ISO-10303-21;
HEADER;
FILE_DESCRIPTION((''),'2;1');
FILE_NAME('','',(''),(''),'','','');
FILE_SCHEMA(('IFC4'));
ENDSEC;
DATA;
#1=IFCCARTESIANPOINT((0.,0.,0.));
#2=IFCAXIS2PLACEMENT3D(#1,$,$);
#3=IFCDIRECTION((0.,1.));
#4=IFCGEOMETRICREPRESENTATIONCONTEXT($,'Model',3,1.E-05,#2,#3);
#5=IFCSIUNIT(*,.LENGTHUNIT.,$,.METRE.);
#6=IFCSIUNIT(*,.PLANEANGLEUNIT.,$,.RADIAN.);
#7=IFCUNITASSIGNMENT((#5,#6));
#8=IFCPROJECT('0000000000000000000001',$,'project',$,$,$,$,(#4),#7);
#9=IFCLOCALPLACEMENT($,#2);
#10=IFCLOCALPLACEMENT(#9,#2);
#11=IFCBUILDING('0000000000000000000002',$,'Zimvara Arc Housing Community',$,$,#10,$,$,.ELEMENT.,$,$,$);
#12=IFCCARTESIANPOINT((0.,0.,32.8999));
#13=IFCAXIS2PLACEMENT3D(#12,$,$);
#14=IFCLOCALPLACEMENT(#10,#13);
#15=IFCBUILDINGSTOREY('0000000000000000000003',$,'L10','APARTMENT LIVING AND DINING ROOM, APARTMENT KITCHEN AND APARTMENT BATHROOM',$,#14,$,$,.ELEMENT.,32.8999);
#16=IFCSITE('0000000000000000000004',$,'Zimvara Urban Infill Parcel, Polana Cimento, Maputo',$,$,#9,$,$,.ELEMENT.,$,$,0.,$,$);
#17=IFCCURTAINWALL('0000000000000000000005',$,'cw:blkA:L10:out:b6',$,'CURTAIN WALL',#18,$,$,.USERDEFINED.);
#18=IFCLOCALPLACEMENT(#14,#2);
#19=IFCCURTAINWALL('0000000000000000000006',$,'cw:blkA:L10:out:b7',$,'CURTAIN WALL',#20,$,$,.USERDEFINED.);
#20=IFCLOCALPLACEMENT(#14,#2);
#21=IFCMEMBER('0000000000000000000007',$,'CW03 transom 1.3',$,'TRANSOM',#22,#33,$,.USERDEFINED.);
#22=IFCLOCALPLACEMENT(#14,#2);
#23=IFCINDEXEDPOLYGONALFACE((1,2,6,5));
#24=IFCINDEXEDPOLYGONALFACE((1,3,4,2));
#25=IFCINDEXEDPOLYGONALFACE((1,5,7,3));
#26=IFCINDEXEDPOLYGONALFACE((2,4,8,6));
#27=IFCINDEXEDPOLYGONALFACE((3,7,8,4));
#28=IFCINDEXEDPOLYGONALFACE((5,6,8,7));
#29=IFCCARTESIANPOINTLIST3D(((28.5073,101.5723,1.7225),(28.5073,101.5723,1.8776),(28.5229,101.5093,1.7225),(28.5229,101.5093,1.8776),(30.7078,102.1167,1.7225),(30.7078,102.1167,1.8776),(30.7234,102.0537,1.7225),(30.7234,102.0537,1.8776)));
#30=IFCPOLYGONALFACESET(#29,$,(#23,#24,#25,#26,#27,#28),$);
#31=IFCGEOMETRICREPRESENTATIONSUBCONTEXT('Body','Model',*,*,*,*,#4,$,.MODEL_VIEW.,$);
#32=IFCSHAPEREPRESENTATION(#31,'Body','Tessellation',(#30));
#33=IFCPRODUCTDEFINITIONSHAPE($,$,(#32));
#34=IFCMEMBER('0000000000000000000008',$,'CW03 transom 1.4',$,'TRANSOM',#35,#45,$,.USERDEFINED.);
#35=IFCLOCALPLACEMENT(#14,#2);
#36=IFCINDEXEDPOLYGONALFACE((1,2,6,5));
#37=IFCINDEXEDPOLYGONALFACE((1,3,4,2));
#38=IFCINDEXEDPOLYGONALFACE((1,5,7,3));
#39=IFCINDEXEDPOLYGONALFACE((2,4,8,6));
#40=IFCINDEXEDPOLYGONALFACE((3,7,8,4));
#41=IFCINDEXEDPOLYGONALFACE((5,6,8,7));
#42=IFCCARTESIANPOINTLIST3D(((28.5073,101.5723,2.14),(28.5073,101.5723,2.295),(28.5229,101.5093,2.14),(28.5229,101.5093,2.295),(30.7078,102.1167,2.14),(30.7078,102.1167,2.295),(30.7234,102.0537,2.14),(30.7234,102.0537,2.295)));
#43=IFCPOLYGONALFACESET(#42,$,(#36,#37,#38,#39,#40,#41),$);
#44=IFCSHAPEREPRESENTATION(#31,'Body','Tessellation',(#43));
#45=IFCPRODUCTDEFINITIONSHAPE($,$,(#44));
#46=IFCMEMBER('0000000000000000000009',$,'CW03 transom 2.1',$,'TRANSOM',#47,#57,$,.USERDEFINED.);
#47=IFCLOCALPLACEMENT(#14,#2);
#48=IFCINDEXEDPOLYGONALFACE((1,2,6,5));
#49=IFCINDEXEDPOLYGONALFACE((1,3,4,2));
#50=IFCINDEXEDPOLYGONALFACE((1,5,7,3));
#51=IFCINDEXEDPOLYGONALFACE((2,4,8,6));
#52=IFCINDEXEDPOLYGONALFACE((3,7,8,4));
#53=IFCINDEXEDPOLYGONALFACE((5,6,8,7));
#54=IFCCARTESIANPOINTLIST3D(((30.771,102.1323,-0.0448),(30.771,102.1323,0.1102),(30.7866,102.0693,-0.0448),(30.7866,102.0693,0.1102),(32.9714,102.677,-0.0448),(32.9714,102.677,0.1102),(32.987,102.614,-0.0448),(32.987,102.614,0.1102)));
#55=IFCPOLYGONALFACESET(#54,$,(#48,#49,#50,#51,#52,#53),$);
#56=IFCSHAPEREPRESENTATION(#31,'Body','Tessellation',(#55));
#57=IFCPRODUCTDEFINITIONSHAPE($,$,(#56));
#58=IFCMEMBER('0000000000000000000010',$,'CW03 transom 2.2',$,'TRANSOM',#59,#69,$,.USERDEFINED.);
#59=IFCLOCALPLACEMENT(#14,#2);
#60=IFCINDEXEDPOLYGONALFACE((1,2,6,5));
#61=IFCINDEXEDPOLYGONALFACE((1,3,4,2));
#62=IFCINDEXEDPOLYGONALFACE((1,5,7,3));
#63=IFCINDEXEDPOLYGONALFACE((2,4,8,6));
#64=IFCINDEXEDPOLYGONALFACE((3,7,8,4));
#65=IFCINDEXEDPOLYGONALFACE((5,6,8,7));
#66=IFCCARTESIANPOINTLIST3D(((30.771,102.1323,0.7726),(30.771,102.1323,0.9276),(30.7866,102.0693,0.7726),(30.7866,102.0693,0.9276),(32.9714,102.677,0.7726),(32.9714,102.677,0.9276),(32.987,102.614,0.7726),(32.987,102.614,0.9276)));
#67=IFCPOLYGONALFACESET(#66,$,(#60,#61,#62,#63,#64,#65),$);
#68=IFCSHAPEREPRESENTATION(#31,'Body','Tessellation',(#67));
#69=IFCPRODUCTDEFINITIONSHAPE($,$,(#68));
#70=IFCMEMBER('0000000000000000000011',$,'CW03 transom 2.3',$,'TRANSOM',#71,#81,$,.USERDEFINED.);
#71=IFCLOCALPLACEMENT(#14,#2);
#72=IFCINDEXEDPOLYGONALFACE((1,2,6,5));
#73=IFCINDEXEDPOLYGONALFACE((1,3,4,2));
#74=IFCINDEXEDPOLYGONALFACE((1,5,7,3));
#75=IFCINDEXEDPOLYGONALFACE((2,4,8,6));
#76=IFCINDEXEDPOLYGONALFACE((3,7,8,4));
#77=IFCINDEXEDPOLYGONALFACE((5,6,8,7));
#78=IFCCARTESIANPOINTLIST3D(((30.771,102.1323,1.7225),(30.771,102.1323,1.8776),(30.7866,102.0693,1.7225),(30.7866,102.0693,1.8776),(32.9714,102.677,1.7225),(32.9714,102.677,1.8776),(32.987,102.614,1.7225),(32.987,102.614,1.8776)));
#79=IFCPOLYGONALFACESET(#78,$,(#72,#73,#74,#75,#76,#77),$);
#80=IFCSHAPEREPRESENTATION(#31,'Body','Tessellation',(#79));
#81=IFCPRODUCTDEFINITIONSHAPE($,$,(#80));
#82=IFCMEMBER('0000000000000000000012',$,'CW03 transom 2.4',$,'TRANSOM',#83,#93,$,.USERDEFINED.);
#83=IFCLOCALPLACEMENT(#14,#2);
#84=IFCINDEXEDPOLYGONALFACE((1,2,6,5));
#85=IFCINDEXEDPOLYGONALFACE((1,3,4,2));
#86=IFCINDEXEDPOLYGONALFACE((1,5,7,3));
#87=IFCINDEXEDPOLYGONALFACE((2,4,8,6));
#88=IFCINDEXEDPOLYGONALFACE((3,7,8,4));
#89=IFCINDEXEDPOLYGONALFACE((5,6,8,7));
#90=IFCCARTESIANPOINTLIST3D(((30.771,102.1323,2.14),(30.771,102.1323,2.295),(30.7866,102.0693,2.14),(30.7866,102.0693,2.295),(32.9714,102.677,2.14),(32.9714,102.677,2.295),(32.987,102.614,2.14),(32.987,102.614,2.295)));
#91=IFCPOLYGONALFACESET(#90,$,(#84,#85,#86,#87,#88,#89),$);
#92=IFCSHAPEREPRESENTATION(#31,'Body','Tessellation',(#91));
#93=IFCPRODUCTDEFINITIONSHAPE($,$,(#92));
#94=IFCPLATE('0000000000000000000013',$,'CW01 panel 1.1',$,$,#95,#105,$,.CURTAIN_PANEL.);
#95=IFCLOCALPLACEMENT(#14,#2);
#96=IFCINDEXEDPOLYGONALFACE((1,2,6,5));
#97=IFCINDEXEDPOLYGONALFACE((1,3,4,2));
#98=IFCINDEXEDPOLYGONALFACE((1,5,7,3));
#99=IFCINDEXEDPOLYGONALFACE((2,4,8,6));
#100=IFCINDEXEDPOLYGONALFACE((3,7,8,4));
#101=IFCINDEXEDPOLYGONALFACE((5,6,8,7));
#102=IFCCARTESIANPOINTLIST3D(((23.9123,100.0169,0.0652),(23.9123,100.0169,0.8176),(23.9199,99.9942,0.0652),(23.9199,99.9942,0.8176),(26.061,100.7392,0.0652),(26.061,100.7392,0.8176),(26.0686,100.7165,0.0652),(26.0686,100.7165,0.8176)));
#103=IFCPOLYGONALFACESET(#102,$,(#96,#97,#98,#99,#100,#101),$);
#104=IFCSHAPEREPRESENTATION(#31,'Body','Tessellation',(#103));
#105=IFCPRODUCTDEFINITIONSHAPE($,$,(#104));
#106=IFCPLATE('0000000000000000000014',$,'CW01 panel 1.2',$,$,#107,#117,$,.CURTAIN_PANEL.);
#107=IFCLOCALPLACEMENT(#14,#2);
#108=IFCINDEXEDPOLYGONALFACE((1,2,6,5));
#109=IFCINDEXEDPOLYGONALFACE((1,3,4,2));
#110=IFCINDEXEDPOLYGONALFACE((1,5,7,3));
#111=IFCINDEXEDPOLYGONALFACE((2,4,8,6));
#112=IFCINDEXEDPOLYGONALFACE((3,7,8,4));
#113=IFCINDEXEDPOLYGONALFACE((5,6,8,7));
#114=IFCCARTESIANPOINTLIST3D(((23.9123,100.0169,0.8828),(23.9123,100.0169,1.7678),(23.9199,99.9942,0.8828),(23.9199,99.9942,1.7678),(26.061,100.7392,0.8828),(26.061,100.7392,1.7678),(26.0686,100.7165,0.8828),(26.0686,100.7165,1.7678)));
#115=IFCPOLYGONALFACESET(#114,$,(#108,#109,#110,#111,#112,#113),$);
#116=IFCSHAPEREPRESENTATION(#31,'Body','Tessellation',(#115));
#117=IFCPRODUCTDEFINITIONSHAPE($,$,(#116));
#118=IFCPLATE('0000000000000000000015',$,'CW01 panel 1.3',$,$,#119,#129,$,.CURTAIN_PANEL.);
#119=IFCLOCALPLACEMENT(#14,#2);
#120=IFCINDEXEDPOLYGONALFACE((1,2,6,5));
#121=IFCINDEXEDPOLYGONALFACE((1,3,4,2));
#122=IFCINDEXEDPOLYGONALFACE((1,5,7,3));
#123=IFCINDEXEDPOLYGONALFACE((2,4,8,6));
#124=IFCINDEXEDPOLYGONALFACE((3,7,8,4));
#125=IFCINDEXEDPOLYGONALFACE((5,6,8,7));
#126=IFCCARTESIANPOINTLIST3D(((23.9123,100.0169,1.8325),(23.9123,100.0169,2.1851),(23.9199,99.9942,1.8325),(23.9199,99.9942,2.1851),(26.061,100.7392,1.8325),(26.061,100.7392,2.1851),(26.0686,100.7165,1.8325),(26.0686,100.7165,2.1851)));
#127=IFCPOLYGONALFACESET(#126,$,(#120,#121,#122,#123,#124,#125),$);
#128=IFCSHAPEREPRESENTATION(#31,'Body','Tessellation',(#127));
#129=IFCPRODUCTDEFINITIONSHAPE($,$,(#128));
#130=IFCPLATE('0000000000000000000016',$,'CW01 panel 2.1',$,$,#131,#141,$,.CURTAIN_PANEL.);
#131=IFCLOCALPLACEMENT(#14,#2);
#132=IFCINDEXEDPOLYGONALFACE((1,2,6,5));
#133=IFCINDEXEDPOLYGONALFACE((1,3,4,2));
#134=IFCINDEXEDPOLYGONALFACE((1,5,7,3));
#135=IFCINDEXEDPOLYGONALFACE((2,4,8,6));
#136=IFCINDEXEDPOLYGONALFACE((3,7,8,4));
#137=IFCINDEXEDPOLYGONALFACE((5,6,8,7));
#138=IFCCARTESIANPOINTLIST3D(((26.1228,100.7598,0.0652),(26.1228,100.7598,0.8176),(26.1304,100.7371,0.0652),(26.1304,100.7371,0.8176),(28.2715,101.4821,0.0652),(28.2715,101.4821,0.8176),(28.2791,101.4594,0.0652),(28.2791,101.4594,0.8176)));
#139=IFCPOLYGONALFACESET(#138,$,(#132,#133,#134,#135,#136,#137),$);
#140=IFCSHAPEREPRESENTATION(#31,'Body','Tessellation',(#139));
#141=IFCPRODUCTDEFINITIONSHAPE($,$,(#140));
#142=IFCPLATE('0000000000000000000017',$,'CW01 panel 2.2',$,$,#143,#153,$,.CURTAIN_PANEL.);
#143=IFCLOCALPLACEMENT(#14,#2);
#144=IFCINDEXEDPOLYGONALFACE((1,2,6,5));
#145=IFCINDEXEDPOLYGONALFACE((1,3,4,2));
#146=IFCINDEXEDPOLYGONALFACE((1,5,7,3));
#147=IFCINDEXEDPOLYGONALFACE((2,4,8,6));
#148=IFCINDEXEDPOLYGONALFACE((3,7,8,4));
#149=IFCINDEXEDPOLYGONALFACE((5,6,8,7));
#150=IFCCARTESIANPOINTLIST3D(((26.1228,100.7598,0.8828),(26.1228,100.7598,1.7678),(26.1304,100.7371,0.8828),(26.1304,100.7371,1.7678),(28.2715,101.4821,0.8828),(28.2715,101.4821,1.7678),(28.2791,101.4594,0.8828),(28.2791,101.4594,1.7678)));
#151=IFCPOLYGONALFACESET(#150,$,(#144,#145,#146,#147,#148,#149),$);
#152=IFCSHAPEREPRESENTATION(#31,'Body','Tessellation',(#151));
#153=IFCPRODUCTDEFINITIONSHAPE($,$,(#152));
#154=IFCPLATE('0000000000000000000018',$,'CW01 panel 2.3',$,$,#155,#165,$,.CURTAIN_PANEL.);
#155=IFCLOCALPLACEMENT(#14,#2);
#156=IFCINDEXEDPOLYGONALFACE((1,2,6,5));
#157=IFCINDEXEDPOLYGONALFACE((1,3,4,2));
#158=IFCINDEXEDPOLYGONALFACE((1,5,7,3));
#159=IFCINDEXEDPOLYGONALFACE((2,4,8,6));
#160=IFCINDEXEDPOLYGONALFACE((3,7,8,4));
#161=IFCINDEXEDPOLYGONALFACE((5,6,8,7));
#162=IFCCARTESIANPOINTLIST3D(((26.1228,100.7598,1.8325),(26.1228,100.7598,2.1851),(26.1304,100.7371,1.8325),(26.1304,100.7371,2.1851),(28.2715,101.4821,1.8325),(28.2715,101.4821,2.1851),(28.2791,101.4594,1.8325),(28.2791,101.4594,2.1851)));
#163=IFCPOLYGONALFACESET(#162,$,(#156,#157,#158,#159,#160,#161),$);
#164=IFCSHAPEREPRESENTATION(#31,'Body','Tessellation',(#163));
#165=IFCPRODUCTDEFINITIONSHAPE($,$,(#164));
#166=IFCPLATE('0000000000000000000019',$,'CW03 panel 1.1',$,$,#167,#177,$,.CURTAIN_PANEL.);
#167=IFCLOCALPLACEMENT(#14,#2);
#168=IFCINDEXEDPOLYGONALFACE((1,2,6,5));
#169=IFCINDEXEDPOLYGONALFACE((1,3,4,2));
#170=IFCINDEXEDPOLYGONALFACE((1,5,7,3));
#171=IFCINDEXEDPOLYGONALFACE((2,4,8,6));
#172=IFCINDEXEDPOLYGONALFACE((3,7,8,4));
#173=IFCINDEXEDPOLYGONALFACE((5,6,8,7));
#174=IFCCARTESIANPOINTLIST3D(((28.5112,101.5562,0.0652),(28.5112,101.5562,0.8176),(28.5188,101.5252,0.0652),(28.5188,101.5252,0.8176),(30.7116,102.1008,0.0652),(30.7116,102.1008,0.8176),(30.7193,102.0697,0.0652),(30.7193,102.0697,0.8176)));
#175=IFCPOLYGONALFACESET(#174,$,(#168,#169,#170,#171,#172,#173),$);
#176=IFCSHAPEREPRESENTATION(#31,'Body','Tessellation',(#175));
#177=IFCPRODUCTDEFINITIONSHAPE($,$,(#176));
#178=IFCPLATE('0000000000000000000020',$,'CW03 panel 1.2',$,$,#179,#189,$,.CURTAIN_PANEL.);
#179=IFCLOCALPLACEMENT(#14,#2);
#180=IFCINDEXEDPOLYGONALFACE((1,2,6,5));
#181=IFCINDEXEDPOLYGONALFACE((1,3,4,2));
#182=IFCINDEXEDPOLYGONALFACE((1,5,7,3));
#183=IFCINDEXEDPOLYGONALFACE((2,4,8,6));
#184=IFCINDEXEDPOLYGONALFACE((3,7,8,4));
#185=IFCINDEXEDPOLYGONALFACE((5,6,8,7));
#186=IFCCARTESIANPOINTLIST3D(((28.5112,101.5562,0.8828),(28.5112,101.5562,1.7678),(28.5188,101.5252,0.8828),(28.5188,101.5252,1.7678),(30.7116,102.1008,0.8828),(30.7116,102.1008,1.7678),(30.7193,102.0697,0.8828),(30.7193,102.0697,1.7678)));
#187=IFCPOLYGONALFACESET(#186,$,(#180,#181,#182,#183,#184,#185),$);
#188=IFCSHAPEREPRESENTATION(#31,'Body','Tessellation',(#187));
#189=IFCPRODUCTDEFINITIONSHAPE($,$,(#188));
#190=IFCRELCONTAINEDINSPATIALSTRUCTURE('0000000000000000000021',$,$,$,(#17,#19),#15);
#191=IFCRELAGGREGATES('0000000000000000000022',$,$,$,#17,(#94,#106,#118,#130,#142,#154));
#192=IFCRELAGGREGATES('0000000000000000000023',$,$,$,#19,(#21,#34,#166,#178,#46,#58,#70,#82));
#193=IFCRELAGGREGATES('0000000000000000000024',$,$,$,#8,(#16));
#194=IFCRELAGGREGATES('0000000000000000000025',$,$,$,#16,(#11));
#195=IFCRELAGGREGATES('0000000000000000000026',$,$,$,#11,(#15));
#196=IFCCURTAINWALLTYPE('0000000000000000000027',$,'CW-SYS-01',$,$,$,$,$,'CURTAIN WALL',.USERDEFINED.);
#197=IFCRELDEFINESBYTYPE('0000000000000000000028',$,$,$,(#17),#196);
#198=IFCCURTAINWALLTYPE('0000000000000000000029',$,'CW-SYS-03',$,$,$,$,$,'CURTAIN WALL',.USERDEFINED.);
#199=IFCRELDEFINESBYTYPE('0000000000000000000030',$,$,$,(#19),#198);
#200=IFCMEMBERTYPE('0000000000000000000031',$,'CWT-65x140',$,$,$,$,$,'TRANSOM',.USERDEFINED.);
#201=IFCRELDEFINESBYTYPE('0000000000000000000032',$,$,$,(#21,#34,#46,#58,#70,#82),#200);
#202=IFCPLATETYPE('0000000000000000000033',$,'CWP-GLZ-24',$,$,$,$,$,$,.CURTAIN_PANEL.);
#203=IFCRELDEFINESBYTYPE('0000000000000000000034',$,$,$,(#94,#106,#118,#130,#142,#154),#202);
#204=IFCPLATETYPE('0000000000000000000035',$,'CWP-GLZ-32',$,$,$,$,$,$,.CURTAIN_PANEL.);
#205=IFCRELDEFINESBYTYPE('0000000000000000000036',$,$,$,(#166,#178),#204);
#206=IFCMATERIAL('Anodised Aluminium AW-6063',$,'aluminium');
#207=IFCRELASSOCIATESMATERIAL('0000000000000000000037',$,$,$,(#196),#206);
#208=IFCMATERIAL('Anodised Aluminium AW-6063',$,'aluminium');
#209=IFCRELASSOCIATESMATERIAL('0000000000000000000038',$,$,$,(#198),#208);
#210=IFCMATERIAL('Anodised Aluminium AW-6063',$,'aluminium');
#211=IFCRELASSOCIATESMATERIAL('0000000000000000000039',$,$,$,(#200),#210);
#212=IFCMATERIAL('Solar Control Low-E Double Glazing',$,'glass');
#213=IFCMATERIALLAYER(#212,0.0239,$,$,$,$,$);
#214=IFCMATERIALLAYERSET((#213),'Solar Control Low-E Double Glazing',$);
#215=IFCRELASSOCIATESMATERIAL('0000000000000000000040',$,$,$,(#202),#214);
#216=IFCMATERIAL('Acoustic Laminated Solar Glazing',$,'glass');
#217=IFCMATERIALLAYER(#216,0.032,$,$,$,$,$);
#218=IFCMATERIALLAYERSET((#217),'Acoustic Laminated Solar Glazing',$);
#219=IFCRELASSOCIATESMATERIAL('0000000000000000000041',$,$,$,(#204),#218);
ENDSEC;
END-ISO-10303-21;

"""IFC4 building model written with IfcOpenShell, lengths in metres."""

from ifc_helpers import new_model, si_unit, direction, frame, origin, origin_2d, place, context, subcontext, project, spatial, rectangle, extrude, material, layer, layer_set, material_profile, profile_set, type_object, element, aggregate, save


model = new_model("IFC4")

# Units and contexts
model_context = context("Model", 3, precision=1e-05, world=origin(), true_north=direction((0.0, 1.0)))
body_context = subcontext(model_context, "Body", "Model", "MODEL_VIEW")
ifc_project = project(units=[si_unit("LENGTHUNIT", "METRE"), si_unit("PLANEANGLEUNIT", "RADIAN")], contexts=[model_context])

# Site, building, storey
site_placement = place(None, origin())
site = spatial("IfcSite", under=ifc_project, at=site_placement, Name="Zimvara Urban Infill Parcel, Polana Cimento, Maputo", CompositionType="ELEMENT", RefElevation=0.0)
building_placement = place(site_placement, origin())
building = spatial("IfcBuilding", under=site, at=building_placement, Name="Zimvara Arc Housing Community", CompositionType="ELEMENT")
storey_placement = place(building_placement, frame((0.0, 0.0, 32.8999)))
storey = spatial("IfcBuildingStorey", under=building, at=storey_placement, Name="L10", Description="APARTMENT LIVING AND DINING ROOM, APARTMENT KITCHEN AND APARTMENT BATHROOM", CompositionType="ELEMENT", Elevation=32.8999)

# Curtain walls
ifc_material_1 = material(Name="Anodised Aluminium AW-6063", Category="aluminium")
curtain_wall_type_1 = type_object("IfcCurtainWallType", Name="CW-SYS-01", ElementType="CURTAIN WALL", PredefinedType="USERDEFINED", material=ifc_material_1)
curtain_wall_1_placement = place(storey_placement, origin())
curtain_wall_1 = element("IfcCurtainWall", 1, at=curtain_wall_1_placement, inside=storey, type_object=curtain_wall_type_1, Name="cw:blkA:L10:out:b6", ObjectType="CURTAIN WALL", PredefinedType="USERDEFINED")
ifc_material_2 = material(Name="Anodised Aluminium AW-6063", Category="aluminium")
curtain_wall_type_2 = type_object("IfcCurtainWallType", Name="CW-SYS-03", ElementType="CURTAIN WALL", PredefinedType="USERDEFINED", material=ifc_material_2)
curtain_wall_2_placement = place(storey_placement, origin())
curtain_wall_2 = element("IfcCurtainWall", 2, at=curtain_wall_2_placement, inside=storey, type_object=curtain_wall_type_2, Name="cw:blkA:L10:out:b7", ObjectType="CURTAIN WALL", PredefinedType="USERDEFINED")

# Members
ifc_material_3 = material(Name="Anodised Aluminium AW-6063", Category="aluminium")
ifc_material_profile_1 = material_profile(ifc_material_3, rectangle(XDim=0.0649, YDim=0.155, at=origin_2d()), Name="ALU 65x155")
ifc_profile_set_1 = profile_set([ifc_material_profile_1], Name="Anodised Aluminium AW-6063")
member_type_1 = type_object("IfcMemberType", Name="CWT-65x140", ElementType="TRANSOM", PredefinedType="USERDEFINED", material=ifc_profile_set_1)
member_1_placement = place(storey_placement, frame((28.5151, 101.5408, 1.8), z_axis=(0.970729, 0.240178, 0.0), x_axis=(-0.240178, 0.970729, 0.0)))
member_1 = element("IfcMember", 3, at=member_1_placement, type_object=member_type_1, Name="CW03 transom 1.3", ObjectType="TRANSOM", PredefinedType="USERDEFINED", context=body_context, shape_type="SweptSolid", body=[
    extrude(rectangle(XDim=0.0649, YDim=0.155, at=origin_2d()), origin(), (0.0, 0.0, 1.0), 2.2668),
])
member_2_placement = place(storey_placement, frame((28.5151, 101.5408, 2.2175), z_axis=(0.970729, 0.240178, 0.0), x_axis=(-0.240178, 0.970729, 0.0)))
member_2 = element("IfcMember", 4, at=member_2_placement, type_object=member_type_1, Name="CW03 transom 1.4", ObjectType="TRANSOM", PredefinedType="USERDEFINED", context=body_context, shape_type="SweptSolid", body=[
    extrude(rectangle(XDim=0.0649, YDim=0.155, at=origin_2d()), origin(), (0.0, 0.0, 1.0), 2.2668),
])
member_3_placement = place(storey_placement, frame((30.7788, 102.1008, 0.0327), z_axis=(0.970704, 0.24028, 0.0), x_axis=(-0.24028, 0.970704, 0.0)))
member_3 = element("IfcMember", 5, at=member_3_placement, type_object=member_type_1, Name="CW03 transom 2.1", ObjectType="TRANSOM", PredefinedType="USERDEFINED", context=body_context, shape_type="SweptSolid", body=[
    extrude(rectangle(XDim=0.0649, YDim=0.155, at=origin_2d()), origin(), (0.0, 0.0, 1.0), 2.2668),
])
member_4_placement = place(storey_placement, frame((30.7788, 102.1008, 0.8501), z_axis=(0.970704, 0.24028, 0.0), x_axis=(-0.24028, 0.970704, 0.0)))
member_4 = element("IfcMember", 6, at=member_4_placement, type_object=member_type_1, Name="CW03 transom 2.2", ObjectType="TRANSOM", PredefinedType="USERDEFINED", context=body_context, shape_type="SweptSolid", body=[
    extrude(rectangle(XDim=0.0649, YDim=0.155, at=origin_2d()), origin(), (0.0, 0.0, 1.0), 2.2668),
])
member_5_placement = place(storey_placement, frame((30.7788, 102.1008, 1.8), z_axis=(0.970704, 0.24028, 0.0), x_axis=(-0.24028, 0.970704, 0.0)))
member_5 = element("IfcMember", 7, at=member_5_placement, type_object=member_type_1, Name="CW03 transom 2.3", ObjectType="TRANSOM", PredefinedType="USERDEFINED", context=body_context, shape_type="SweptSolid", body=[
    extrude(rectangle(XDim=0.0649, YDim=0.155, at=origin_2d()), origin(), (0.0, 0.0, 1.0), 2.2668),
])
member_6_placement = place(storey_placement, frame((30.7788, 102.1008, 2.2175), z_axis=(0.970704, 0.24028, 0.0), x_axis=(-0.24028, 0.970704, 0.0)))
member_6 = element("IfcMember", 8, at=member_6_placement, type_object=member_type_1, Name="CW03 transom 2.4", ObjectType="TRANSOM", PredefinedType="USERDEFINED", context=body_context, shape_type="SweptSolid", body=[
    extrude(rectangle(XDim=0.0649, YDim=0.155, at=origin_2d()), origin(), (0.0, 0.0, 1.0), 2.2668),
])

# Plates
ifc_material_4 = material(Name="Solar Control Low-E Double Glazing", Category="glass")
ifc_layer_1 = layer(ifc_material_4, 0.0239)
ifc_layer_set_1 = layer_set([ifc_layer_1], Name="Solar Control Low-E Double Glazing")
plate_type_1 = type_object("IfcPlateType", Name="CWP-GLZ-24", PredefinedType="CURTAIN_PANEL", material=ifc_layer_set_1)
plate_1_placement = place(storey_placement, frame((24.9905, 100.3667, 0.0652), z_axis=(0.0, 0.0, 1.0), x_axis=(0.94788, 0.318629, 0.0)))
plate_1 = element("IfcPlate", 9, at=plate_1_placement, type_object=plate_type_1, Name="CW01 panel 1.1", PredefinedType="CURTAIN_PANEL", context=body_context, shape_type="SweptSolid", body=[
    extrude(rectangle(XDim=2.2668, YDim=0.0239, at=origin_2d()), origin(), (0.0, 0.0, 1.0), 0.7524),
])
plate_2_placement = place(storey_placement, frame((24.9905, 100.3667, 0.8828), z_axis=(0.0, 0.0, 1.0), x_axis=(0.94788, 0.318629, 0.0)))
plate_2 = element("IfcPlate", 10, at=plate_2_placement, type_object=plate_type_1, Name="CW01 panel 1.2", PredefinedType="CURTAIN_PANEL", context=body_context, shape_type="SweptSolid", body=[
    extrude(rectangle(XDim=2.2668, YDim=0.0239, at=origin_2d()), origin(), (0.0, 0.0, 1.0), 0.885),
])
plate_3_placement = place(storey_placement, frame((24.9905, 100.3667, 1.8325), z_axis=(0.0, 0.0, 1.0), x_axis=(0.94788, 0.318629, 0.0)))
plate_3 = element("IfcPlate", 11, at=plate_3_placement, type_object=plate_type_1, Name="CW01 panel 1.3", PredefinedType="CURTAIN_PANEL", context=body_context, shape_type="SweptSolid", body=[
    extrude(rectangle(XDim=2.2668, YDim=0.0239, at=origin_2d()), origin(), (0.0, 0.0, 1.0), 0.3525),
])
plate_4_placement = place(storey_placement, frame((27.2009, 101.1096, 0.0652), z_axis=(0.0, 0.0, 1.0), x_axis=(0.94788, 0.318629, 0.0)))
plate_4 = element("IfcPlate", 12, at=plate_4_placement, type_object=plate_type_1, Name="CW01 panel 2.1", PredefinedType="CURTAIN_PANEL", context=body_context, shape_type="SweptSolid", body=[
    extrude(rectangle(XDim=2.2668, YDim=0.0239, at=origin_2d()), origin(), (0.0, 0.0, 1.0), 0.7524),
])
plate_5_placement = place(storey_placement, frame((27.2009, 101.1096, 0.8828), z_axis=(0.0, 0.0, 1.0), x_axis=(0.94788, 0.318629, 0.0)))
plate_5 = element("IfcPlate", 13, at=plate_5_placement, type_object=plate_type_1, Name="CW01 panel 2.2", PredefinedType="CURTAIN_PANEL", context=body_context, shape_type="SweptSolid", body=[
    extrude(rectangle(XDim=2.2668, YDim=0.0239, at=origin_2d()), origin(), (0.0, 0.0, 1.0), 0.885),
])
plate_6_placement = place(storey_placement, frame((27.2009, 101.1096, 1.8325), z_axis=(0.0, 0.0, 1.0), x_axis=(0.94788, 0.318629, 0.0)))
plate_6 = element("IfcPlate", 14, at=plate_6_placement, type_object=plate_type_1, Name="CW01 panel 2.3", PredefinedType="CURTAIN_PANEL", context=body_context, shape_type="SweptSolid", body=[
    extrude(rectangle(XDim=2.2668, YDim=0.0239, at=origin_2d()), origin(), (0.0, 0.0, 1.0), 0.3525),
])
aggregate(curtain_wall_1, [plate_1, plate_2, plate_3, plate_4, plate_5, plate_6])
ifc_material_5 = material(Name="Acoustic Laminated Solar Glazing", Category="glass")
ifc_layer_2 = layer(ifc_material_5, 0.032)
ifc_layer_set_2 = layer_set([ifc_layer_2], Name="Acoustic Laminated Solar Glazing")
plate_type_2 = type_object("IfcPlateType", Name="CWP-GLZ-32", PredefinedType="CURTAIN_PANEL", material=ifc_layer_set_2)
plate_7_placement = place(storey_placement, frame((29.6152, 101.813, 0.0652), z_axis=(0.0, 0.0, 1.0), x_axis=(0.970716, 0.24023, 0.0)))
plate_7 = element("IfcPlate", 15, at=plate_7_placement, type_object=plate_type_2, Name="CW03 panel 1.1", PredefinedType="CURTAIN_PANEL", context=body_context, shape_type="SweptSolid", body=[
    extrude(rectangle(XDim=2.2668, YDim=0.032, at=origin_2d()), origin(), (0.0, 0.0, 1.0), 0.7524),
])
plate_8_placement = place(storey_placement, frame((29.6152, 101.813, 0.8828), z_axis=(0.0, 0.0, 1.0), x_axis=(0.970716, 0.24023, 0.0)))
plate_8 = element("IfcPlate", 16, at=plate_8_placement, type_object=plate_type_2, Name="CW03 panel 1.2", PredefinedType="CURTAIN_PANEL", context=body_context, shape_type="SweptSolid", body=[
    extrude(rectangle(XDim=2.2668, YDim=0.032, at=origin_2d()), origin(), (0.0, 0.0, 1.0), 0.885),
])
aggregate(curtain_wall_2, [member_1, member_2, plate_7, plate_8, member_3, member_4, member_5, member_6])

save(model, "model.ifc")
